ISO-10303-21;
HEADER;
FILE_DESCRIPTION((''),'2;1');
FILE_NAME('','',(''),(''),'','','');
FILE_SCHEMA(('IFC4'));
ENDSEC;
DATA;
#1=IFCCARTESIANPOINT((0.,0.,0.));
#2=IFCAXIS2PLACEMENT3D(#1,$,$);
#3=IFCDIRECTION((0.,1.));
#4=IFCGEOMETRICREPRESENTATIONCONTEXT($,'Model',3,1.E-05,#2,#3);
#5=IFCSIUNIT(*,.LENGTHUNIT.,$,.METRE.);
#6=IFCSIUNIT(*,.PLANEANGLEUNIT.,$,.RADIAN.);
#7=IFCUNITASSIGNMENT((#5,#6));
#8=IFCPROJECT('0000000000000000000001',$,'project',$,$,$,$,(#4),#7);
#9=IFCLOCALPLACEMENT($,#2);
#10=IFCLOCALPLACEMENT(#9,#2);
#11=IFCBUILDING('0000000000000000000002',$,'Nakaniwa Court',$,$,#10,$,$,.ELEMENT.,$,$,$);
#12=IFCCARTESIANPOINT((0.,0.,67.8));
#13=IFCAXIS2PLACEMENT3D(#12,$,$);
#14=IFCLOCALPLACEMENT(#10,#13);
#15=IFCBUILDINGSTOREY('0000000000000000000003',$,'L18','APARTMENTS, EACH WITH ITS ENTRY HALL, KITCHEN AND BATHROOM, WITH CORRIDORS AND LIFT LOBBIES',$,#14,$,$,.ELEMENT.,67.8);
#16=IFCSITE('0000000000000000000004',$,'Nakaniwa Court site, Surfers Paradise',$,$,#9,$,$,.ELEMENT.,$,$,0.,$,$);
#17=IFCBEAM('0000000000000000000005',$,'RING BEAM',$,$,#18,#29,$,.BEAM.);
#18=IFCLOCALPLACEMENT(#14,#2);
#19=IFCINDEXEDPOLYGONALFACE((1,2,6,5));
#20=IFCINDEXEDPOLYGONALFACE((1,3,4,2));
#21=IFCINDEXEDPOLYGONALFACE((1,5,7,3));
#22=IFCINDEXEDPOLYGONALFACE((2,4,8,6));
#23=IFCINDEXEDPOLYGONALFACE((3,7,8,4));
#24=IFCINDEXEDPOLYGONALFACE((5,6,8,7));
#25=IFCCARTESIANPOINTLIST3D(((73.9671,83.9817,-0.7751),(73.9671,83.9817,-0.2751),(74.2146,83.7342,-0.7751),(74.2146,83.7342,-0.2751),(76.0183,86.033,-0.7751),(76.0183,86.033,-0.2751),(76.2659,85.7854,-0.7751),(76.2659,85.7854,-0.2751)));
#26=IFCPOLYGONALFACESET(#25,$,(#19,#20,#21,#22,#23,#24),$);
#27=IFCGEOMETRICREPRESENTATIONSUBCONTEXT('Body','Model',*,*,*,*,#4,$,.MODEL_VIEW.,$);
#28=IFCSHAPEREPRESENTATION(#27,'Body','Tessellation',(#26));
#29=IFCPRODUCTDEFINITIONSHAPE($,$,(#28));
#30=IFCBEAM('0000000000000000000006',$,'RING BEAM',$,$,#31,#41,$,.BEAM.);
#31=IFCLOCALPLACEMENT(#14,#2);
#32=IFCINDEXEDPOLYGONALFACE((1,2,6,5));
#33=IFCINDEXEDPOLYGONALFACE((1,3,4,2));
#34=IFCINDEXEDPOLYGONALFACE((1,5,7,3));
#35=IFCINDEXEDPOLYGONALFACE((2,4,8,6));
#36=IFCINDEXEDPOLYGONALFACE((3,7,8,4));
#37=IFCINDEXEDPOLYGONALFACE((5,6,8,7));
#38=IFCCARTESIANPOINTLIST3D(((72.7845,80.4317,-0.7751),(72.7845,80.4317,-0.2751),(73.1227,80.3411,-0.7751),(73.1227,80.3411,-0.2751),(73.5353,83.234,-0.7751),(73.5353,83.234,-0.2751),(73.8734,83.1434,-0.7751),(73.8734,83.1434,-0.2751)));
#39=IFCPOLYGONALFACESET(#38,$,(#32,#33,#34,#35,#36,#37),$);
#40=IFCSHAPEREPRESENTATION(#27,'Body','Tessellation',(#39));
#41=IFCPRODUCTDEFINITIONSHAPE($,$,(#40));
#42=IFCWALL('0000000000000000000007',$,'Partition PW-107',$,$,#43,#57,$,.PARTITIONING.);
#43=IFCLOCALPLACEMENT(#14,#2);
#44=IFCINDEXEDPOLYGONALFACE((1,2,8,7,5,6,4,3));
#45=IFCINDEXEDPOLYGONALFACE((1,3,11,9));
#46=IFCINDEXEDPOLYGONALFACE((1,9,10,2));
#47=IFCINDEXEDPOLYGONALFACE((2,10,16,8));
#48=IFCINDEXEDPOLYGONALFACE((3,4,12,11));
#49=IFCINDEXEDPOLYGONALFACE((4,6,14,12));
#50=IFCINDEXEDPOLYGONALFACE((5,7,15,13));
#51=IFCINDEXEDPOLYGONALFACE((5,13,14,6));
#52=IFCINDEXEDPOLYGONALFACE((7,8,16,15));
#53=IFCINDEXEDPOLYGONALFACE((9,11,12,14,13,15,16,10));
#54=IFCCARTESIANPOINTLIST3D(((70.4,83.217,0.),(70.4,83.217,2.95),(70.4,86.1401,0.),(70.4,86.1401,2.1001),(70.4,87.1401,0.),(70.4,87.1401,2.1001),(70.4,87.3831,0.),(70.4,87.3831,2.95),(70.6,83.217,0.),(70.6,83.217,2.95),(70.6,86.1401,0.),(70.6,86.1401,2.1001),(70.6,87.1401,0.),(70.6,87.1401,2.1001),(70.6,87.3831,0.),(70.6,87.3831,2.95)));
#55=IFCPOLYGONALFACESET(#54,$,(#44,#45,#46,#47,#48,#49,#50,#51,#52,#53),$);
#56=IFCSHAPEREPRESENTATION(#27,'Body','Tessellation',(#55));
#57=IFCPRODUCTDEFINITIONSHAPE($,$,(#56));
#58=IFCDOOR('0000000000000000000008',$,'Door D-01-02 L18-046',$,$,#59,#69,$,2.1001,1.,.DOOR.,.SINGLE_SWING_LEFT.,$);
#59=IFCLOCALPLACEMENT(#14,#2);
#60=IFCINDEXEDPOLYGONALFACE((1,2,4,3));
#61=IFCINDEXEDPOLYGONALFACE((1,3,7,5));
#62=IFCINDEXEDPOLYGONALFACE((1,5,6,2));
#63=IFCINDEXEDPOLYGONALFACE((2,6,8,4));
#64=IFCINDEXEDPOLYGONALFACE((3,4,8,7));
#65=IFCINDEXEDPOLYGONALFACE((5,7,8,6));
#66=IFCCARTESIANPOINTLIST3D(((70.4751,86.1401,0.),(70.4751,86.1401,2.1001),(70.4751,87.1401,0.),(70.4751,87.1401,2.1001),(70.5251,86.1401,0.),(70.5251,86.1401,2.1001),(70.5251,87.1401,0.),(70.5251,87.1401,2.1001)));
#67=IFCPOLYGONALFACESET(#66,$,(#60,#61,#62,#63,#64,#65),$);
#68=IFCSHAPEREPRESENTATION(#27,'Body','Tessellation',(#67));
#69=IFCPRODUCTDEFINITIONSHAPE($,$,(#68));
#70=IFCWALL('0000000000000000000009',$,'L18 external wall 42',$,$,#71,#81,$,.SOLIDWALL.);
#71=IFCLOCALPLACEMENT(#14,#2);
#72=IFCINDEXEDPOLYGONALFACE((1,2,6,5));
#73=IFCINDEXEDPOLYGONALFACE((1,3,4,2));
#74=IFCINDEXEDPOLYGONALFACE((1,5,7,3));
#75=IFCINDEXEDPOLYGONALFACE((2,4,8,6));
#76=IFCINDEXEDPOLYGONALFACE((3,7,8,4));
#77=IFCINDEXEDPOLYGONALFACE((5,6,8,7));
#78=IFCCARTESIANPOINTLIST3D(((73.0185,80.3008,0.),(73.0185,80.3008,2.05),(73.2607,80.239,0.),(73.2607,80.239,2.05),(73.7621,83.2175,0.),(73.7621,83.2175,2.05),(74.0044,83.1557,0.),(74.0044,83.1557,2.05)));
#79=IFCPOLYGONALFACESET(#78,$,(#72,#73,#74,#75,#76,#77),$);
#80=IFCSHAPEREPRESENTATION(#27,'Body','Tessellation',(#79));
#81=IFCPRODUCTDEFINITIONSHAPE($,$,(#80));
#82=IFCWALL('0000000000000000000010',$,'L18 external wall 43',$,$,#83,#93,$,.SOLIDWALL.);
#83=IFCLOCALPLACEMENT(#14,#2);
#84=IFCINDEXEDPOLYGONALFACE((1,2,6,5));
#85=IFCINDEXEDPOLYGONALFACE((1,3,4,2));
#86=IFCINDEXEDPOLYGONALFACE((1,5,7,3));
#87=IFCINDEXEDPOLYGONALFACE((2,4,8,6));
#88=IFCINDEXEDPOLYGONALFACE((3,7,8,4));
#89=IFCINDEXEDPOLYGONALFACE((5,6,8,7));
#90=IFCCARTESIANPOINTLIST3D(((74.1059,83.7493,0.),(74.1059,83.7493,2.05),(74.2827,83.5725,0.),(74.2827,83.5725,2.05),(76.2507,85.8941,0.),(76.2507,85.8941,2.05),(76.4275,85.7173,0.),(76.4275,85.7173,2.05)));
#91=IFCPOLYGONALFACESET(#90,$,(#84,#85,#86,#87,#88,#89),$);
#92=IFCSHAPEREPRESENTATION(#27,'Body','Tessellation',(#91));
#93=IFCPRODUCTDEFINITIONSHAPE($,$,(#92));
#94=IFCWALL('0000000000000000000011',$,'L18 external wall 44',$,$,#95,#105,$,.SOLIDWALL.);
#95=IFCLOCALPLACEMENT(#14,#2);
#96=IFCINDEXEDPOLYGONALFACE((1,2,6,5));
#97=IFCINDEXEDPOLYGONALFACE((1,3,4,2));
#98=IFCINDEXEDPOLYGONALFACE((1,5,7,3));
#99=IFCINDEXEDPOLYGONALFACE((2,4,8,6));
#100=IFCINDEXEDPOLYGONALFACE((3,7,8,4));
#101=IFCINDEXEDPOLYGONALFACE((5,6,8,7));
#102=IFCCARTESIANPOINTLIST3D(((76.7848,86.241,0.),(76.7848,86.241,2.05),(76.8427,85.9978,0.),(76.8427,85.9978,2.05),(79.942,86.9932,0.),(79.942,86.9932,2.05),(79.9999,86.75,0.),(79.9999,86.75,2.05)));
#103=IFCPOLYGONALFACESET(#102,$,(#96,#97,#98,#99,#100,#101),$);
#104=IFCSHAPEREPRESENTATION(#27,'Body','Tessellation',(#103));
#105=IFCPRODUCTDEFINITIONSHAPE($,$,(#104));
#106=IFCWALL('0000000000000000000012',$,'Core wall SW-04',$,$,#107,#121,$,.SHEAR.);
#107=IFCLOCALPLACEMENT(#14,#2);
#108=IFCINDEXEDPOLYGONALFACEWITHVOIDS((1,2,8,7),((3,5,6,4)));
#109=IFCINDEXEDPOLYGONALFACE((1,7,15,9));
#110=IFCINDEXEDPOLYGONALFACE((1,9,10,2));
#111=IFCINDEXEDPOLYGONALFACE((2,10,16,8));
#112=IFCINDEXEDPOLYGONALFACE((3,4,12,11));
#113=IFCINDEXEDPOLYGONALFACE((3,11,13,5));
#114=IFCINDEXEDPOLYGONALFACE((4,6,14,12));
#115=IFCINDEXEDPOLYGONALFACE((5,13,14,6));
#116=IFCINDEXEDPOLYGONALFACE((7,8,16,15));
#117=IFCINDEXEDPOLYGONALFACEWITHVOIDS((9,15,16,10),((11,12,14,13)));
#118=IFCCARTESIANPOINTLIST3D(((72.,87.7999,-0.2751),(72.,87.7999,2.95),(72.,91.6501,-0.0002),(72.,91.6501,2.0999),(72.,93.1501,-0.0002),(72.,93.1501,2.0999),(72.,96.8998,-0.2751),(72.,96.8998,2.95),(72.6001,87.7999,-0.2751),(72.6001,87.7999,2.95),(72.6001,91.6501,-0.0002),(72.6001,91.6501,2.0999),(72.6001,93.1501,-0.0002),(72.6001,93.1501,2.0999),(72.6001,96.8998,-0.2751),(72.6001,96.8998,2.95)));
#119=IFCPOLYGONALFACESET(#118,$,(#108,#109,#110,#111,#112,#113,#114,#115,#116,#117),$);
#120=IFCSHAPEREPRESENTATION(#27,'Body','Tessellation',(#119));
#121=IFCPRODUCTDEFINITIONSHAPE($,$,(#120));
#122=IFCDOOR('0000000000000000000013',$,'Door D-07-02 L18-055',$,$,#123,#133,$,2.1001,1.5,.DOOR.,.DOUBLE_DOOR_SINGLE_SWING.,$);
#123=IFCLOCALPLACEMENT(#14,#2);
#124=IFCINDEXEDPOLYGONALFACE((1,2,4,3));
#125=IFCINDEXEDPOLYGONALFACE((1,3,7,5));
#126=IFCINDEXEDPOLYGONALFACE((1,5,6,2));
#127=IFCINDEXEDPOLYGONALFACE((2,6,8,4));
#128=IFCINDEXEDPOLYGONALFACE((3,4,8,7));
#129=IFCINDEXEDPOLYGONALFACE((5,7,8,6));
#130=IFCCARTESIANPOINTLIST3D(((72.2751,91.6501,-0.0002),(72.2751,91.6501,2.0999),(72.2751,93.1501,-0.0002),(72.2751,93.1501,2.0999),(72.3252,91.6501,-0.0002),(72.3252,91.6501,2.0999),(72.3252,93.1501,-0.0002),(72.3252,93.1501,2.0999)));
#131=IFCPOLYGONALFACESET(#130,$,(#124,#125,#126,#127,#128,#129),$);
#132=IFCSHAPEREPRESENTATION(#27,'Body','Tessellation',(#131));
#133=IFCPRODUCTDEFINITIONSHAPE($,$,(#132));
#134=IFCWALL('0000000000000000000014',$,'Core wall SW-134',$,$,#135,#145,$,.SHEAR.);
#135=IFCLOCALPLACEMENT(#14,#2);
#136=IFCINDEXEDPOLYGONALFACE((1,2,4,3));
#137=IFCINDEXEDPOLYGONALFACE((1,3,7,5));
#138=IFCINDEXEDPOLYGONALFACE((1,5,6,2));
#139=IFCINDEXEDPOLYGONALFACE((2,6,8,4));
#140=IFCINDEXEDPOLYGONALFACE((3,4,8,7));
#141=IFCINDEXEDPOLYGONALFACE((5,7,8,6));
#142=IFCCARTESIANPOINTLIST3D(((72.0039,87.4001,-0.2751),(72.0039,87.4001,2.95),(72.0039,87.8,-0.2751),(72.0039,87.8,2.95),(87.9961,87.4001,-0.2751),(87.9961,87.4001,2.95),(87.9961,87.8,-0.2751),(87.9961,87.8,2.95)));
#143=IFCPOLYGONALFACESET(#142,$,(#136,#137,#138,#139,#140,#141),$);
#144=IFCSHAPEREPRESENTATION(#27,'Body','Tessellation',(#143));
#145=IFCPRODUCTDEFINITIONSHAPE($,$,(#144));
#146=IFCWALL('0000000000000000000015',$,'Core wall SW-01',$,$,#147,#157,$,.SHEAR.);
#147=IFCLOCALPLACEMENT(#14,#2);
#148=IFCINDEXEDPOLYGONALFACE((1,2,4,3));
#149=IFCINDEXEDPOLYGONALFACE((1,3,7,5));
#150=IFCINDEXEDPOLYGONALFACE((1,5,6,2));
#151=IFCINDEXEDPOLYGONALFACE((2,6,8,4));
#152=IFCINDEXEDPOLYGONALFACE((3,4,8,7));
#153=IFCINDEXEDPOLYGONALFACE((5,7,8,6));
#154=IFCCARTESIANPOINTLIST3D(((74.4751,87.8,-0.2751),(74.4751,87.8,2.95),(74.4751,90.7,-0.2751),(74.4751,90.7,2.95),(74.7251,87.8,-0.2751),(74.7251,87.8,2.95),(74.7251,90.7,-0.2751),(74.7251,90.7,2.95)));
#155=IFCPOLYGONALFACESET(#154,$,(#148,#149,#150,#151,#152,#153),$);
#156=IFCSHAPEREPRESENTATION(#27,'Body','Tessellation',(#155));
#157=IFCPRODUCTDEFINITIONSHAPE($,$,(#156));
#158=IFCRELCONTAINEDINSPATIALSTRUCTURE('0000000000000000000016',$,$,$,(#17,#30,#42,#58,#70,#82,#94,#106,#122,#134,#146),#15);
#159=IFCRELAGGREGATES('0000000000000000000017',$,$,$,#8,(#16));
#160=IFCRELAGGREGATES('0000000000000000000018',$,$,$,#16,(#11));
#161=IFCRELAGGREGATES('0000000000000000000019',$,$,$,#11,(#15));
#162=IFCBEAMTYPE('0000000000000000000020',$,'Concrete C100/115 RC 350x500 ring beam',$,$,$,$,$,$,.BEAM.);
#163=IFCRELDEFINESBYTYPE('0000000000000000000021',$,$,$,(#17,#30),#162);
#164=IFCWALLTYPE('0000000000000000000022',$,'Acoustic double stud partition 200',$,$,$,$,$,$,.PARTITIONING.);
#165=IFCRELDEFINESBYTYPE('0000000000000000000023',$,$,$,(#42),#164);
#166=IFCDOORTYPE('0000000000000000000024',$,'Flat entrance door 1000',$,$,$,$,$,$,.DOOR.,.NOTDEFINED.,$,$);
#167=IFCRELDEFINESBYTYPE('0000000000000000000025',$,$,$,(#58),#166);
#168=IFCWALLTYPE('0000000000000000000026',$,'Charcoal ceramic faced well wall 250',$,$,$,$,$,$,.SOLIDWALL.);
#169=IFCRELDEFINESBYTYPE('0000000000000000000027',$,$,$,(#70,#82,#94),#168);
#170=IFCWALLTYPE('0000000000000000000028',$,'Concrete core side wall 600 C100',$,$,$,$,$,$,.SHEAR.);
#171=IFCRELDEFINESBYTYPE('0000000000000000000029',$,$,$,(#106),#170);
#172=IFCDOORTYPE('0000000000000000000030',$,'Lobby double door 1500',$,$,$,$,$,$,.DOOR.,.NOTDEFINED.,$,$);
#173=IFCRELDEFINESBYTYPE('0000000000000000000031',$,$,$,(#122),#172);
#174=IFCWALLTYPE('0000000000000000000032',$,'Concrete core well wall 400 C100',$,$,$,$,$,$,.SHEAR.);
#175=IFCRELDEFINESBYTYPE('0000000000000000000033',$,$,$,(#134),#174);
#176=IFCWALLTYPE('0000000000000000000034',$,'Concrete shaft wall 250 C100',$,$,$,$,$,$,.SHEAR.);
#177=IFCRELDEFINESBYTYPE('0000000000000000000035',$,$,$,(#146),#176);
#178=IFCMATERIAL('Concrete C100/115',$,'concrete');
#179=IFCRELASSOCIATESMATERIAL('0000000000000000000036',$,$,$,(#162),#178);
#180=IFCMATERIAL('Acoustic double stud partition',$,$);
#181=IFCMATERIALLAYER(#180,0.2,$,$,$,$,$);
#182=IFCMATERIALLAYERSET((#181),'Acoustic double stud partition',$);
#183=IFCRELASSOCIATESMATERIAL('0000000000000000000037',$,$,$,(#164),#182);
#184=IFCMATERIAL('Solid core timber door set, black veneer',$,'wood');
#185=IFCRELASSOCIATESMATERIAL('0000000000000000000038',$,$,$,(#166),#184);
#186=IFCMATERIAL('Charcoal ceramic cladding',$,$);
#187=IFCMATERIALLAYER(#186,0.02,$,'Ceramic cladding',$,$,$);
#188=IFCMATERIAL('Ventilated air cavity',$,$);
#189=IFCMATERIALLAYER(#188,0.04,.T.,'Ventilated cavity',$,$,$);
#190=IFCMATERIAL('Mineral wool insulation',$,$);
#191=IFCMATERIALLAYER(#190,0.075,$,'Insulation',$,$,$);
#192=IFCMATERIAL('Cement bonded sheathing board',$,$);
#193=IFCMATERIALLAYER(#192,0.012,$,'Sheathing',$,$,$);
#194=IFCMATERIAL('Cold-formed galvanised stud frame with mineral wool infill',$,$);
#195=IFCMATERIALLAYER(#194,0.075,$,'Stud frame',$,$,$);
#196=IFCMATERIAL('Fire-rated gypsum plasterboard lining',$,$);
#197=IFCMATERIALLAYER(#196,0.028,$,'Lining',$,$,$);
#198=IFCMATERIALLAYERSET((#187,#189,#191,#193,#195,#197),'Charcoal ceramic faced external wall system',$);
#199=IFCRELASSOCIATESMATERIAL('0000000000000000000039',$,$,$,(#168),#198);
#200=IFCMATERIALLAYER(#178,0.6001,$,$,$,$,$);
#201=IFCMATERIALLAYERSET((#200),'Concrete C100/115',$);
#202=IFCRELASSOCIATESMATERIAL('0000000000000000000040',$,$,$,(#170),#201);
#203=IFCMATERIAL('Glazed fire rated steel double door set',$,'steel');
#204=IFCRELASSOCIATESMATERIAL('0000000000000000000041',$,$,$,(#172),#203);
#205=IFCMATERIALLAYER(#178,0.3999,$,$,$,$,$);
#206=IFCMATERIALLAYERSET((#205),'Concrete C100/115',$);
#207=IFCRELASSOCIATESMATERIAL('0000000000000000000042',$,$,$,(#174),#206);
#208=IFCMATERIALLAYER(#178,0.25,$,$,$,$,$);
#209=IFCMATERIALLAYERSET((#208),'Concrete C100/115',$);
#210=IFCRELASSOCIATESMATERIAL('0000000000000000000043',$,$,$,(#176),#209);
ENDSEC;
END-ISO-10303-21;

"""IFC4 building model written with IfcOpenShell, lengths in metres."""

from ifc_helpers import new_model, si_unit, direction, frame, frame_2d, origin, origin_2d, place, context, subcontext, project, spatial, rectangle, extrude, material, layer, layer_set, material_profile, profile_set, type_object, element, fill, save


model = new_model("IFC4")

# Units and contexts
model_context = context("Model", 3, precision=1e-05, world=origin(), true_north=direction((0.0, 1.0)))
body_context = subcontext(model_context, "Body", "Model", "MODEL_VIEW")
ifc_project = project(units=[si_unit("LENGTHUNIT", "METRE"), si_unit("PLANEANGLEUNIT", "RADIAN")], contexts=[model_context])

# Site, building, storey
site_placement = place(None, origin())
site = spatial("IfcSite", under=ifc_project, at=site_placement, Name="Nakaniwa Court site, Surfers Paradise", CompositionType="ELEMENT", RefElevation=0.0)
building_placement = place(site_placement, origin())
building = spatial("IfcBuilding", under=site, at=building_placement, Name="Nakaniwa Court", CompositionType="ELEMENT")
storey_placement = place(building_placement, frame((0.0, 0.0, 67.8)))
storey = spatial("IfcBuildingStorey", under=building, at=storey_placement, Name="L18", Description="APARTMENTS, EACH WITH ITS ENTRY HALL, KITCHEN AND BATHROOM, WITH CORRIDORS AND LIFT LOBBIES", CompositionType="ELEMENT", Elevation=67.8)

# Shared definitions
ifc_material_1 = material(Name="Concrete C100/115", Category="concrete")

# Beams
ifc_material_profile_1 = material_profile(ifc_material_1, rectangle(XDim=0.3501, YDim=0.5, at=origin_2d()), Name="Concrete C100/115 RC 350x500 ring beam")
ifc_profile_set_1 = profile_set([ifc_material_profile_1], Name="Concrete C100/115")
beam_type = type_object("IfcBeamType", Name="Concrete C100/115 RC 350x500 ring beam", PredefinedType="BEAM", material=ifc_profile_set_1)
beam_1_placement = place(storey_placement, frame((76.1421, 85.9092, -0.5251), z_axis=(-0.707107, -0.707107, 0.0), x_axis=(0.707107, -0.707107, 0.0)))
element("IfcBeam", 1, at=beam_1_placement, inside=storey, type_object=beam_type, Name="RING BEAM", PredefinedType="BEAM", context=body_context, shape_type="SweptSolid", body=[
    extrude(rectangle(XDim=0.3501, YDim=0.5, at=origin_2d()), origin(), (0.0, 0.0, 1.0), 2.9009),
])
beam_2_placement = place(storey_placement, frame((73.7043, 83.1887, -0.5251), z_axis=(-0.258778, -0.965937, 0.0), x_axis=(0.965937, -0.258778, 0.0)))
element("IfcBeam", 2, at=beam_2_placement, inside=storey, type_object=beam_type, Name="RING BEAM", PredefinedType="BEAM", context=body_context, shape_type="SweptSolid", body=[
    extrude(rectangle(XDim=0.3501, YDim=0.5, at=origin_2d()), origin(), (0.0, 0.0, 1.0), 2.9011),
])

# Wall, opening, door
ifc_material_2 = material(Name="Acoustic double stud partition")
ifc_layer_1 = layer(ifc_material_2, 0.2)
ifc_layer_set_1 = layer_set([ifc_layer_1], Name="Acoustic double stud partition")
wall_type_1 = type_object("IfcWallType", Name="Acoustic double stud partition 200", PredefinedType="PARTITIONING", material=ifc_layer_set_1)
wall_1_placement = place(storey_placement, frame((70.5, 83.217, 0.0), z_axis=(0.0, 0.0, 1.0), x_axis=(0.0, 1.0, 0.0)))
wall_1 = element("IfcWall", 3, at=wall_1_placement, inside=storey, type_object=wall_type_1, Name="Partition PW-107", PredefinedType="PARTITIONING", context=body_context, shape_type="SweptSolid", body=[
    extrude(rectangle(XDim=4.166, YDim=0.2, at=frame_2d((2.083, 0.0))), origin(), (0.0, 0.0, 1.0), 2.95),
])
opening_1_placement = place(wall_1_placement, frame((2.9231, 0.0, 0.0)))
opening_1 = element("IfcOpeningElement", 4, at=opening_1_placement, cuts=wall_1, PredefinedType="OPENING", context=body_context, shape_type="SweptSolid", body=[
    extrude(rectangle(XDim=1.0, YDim=2.1001, at=frame_2d((0.5, 1.05))), frame((0.0, 0.1099, 0.0), z_axis=(0.0, -1.0, 0.0), x_axis=(1.0, 0.0, 0.0)), (0.0, 0.0, 1.0), 0.22),
])
ifc_material_3 = material(Name="Solid core timber door set, black veneer", Category="wood")
door_type_1 = type_object("IfcDoorType", Name="Flat entrance door 1000", OperationType="NOTDEFINED", PredefinedType="DOOR", material=ifc_material_3)
door_1_placement = place(opening_1_placement, origin())
door_1 = element("IfcDoor", 5, at=door_1_placement, inside=storey, type_object=door_type_1, Name="Door D-01-02 L18-046", OperationType="SINGLE_SWING_LEFT", OverallHeight=2.1001, OverallWidth=1.0, PredefinedType="DOOR", context=body_context, shape_type="SweptSolid", body=[
    extrude(rectangle(XDim=1.0, YDim=2.1001, at=frame_2d((0.5, 1.05))), frame((0.0, 0.0249, 0.0), z_axis=(0.0, -1.0, 0.0), x_axis=(1.0, 0.0, 0.0)), (0.0, 0.0, 1.0), 0.05),
])
fill(opening_1, door_1)

# Walls
ifc_material_4 = material(Name="Charcoal ceramic cladding")
ifc_layer_2 = layer(ifc_material_4, 0.02, Name="Ceramic cladding")
ifc_material_5 = material(Name="Ventilated air cavity")
ifc_layer_3 = layer(ifc_material_5, 0.04, ventilated=True, Name="Ventilated cavity")
ifc_material_6 = material(Name="Mineral wool insulation")
ifc_layer_4 = layer(ifc_material_6, 0.075, Name="Insulation")
ifc_material_7 = material(Name="Cement bonded sheathing board")
ifc_layer_5 = layer(ifc_material_7, 0.012, Name="Sheathing")
ifc_material_8 = material(Name="Cold-formed galvanised stud frame with mineral wool infill")
ifc_layer_6 = layer(ifc_material_8, 0.075, Name="Stud frame")
ifc_material_9 = material(Name="Fire-rated gypsum plasterboard lining")
ifc_layer_7 = layer(ifc_material_9, 0.028, Name="Lining")
ifc_layer_set_2 = layer_set([ifc_layer_2, ifc_layer_3, ifc_layer_4, ifc_layer_5, ifc_layer_6, ifc_layer_7], Name="Charcoal ceramic faced external wall system")
wall_type_2 = type_object("IfcWallType", Name="Charcoal ceramic faced well wall 250", PredefinedType="SOLIDWALL", material=ifc_layer_set_2)
wall_2_placement = place(storey_placement, frame((73.1396, 80.27, 0.0), z_axis=(0.0, 0.0, 1.0), x_axis=(0.247056, 0.969001, 0.0)))
element("IfcWall", 6, at=wall_2_placement, inside=storey, type_object=wall_type_2, Name="L18 external wall 42", PredefinedType="SOLIDWALL", context=body_context, shape_type="SweptSolid", body=[
    extrude(rectangle(XDim=3.01, YDim=0.25, at=frame_2d((1.5049, 0.0))), origin(), (0.0, 0.0, 1.0), 2.05),
])
wall_3_placement = place(storey_placement, frame((74.1943, 83.6609, 0.0), z_axis=(0.0, 0.0, 1.0), x_axis=(0.707107, 0.707107, 0.0)))
element("IfcWall", 7, at=wall_3_placement, inside=storey, type_object=wall_type_2, Name="L18 external wall 43", PredefinedType="SOLIDWALL", context=body_context, shape_type="SweptSolid", body=[
    extrude(rectangle(XDim=3.0332, YDim=0.25, at=frame_2d((1.5166, 0.0))), origin(), (0.0, 0.0, 1.0), 2.05),
])
wall_4_placement = place(storey_placement, frame((76.8137, 86.1194, 0.0), z_axis=(0.0, 0.0, 1.0), x_axis=(0.972773, 0.23176, 0.0)))
element("IfcWall", 8, at=wall_4_placement, inside=storey, type_object=wall_type_2, Name="L18 external wall 44", PredefinedType="SOLIDWALL", context=body_context, shape_type="SweptSolid", body=[
    extrude(rectangle(XDim=3.2456, YDim=0.25, at=frame_2d((1.6228, 0.0))), origin(), (0.0, 0.0, 1.0), 2.05),
])

# Wall, opening, door
ifc_layer_8 = layer(ifc_material_1, 0.6001)
ifc_layer_set_3 = layer_set([ifc_layer_8], Name="Concrete C100/115")
wall_type_3 = type_object("IfcWallType", Name="Concrete core side wall 600 C100", PredefinedType="SHEAR", material=ifc_layer_set_3)
wall_5_placement = place(storey_placement, frame((72.3, 87.8, -0.2751), z_axis=(0.0, 0.0, 1.0), x_axis=(0.0, 1.0, 0.0)))
wall_5 = element("IfcWall", 9, at=wall_5_placement, inside=storey, type_object=wall_type_3, Name="Core wall SW-04", PredefinedType="SHEAR", context=body_context, shape_type="SweptSolid", body=[
    extrude(rectangle(XDim=9.0999, YDim=0.6001, at=frame_2d((4.5498, 0.0))), origin(), (0.0, 0.0, 1.0), 3.2251),
])
opening_2_placement = place(wall_5_placement, frame((3.8501, 0.0, 0.2749)))
opening_2 = element("IfcOpeningElement", 10, at=opening_2_placement, cuts=wall_5, PredefinedType="OPENING", context=body_context, shape_type="SweptSolid", body=[
    extrude(rectangle(XDim=1.5, YDim=2.1001, at=frame_2d((0.75, 1.05))), frame((0.0, 0.3101, 0.0), z_axis=(0.0, -1.0, 0.0), x_axis=(1.0, 0.0, 0.0)), (0.0, 0.0, 1.0), 0.6201),
])
ifc_material_10 = material(Name="Glazed fire rated steel double door set", Category="steel")
door_type_2 = type_object("IfcDoorType", Name="Lobby double door 1500", OperationType="NOTDEFINED", PredefinedType="DOOR", material=ifc_material_10)
door_2_placement = place(opening_2_placement, origin())
door_2 = element("IfcDoor", 11, at=door_2_placement, inside=storey, type_object=door_type_2, Name="Door D-07-02 L18-055", OperationType="DOUBLE_DOOR_SINGLE_SWING", OverallHeight=2.1001, OverallWidth=1.5, PredefinedType="DOOR", context=body_context, shape_type="SweptSolid", body=[
    extrude(rectangle(XDim=1.5, YDim=2.1001, at=frame_2d((0.75, 1.05))), frame((0.0, 0.0249, 0.0), z_axis=(0.0, -1.0, 0.0), x_axis=(1.0, 0.0, 0.0)), (0.0, 0.0, 1.0), 0.05),
])
fill(opening_2, door_2)

# Walls
ifc_layer_9 = layer(ifc_material_1, 0.3999)
ifc_layer_set_4 = layer_set([ifc_layer_9], Name="Concrete C100/115")
wall_type_4 = type_object("IfcWallType", Name="Concrete core well wall 400 C100", PredefinedType="SHEAR", material=ifc_layer_set_4)
wall_6_placement = place(storey_placement, frame((72.0039, 87.6001, -0.2751), z_axis=(0.0, 0.0, 1.0), x_axis=(1.0, 0.0, 0.0)))
element("IfcWall", 12, at=wall_6_placement, inside=storey, type_object=wall_type_4, Name="Core wall SW-134", PredefinedType="SHEAR", context=body_context, shape_type="SweptSolid", body=[
    extrude(rectangle(XDim=15.9922, YDim=0.3999, at=frame_2d((7.9961, 0.0))), origin(), (0.0, 0.0, 1.0), 3.2251),
])
ifc_layer_10 = layer(ifc_material_1, 0.25)
ifc_layer_set_5 = layer_set([ifc_layer_10], Name="Concrete C100/115")
wall_type_5 = type_object("IfcWallType", Name="Concrete shaft wall 250 C100", PredefinedType="SHEAR", material=ifc_layer_set_5)
wall_7_placement = place(storey_placement, frame((74.6001, 87.8, -0.2751), z_axis=(0.0, 0.0, 1.0), x_axis=(0.0, 1.0, 0.0)))
element("IfcWall", 13, at=wall_7_placement, inside=storey, type_object=wall_type_5, Name="Core wall SW-01", PredefinedType="SHEAR", context=body_context, shape_type="SweptSolid", body=[
    extrude(rectangle(XDim=2.8999, YDim=0.25, at=frame_2d((1.45, 0.0))), origin(), (0.0, 0.0, 1.0), 3.2251),
])

save(model, "model.ifc")
